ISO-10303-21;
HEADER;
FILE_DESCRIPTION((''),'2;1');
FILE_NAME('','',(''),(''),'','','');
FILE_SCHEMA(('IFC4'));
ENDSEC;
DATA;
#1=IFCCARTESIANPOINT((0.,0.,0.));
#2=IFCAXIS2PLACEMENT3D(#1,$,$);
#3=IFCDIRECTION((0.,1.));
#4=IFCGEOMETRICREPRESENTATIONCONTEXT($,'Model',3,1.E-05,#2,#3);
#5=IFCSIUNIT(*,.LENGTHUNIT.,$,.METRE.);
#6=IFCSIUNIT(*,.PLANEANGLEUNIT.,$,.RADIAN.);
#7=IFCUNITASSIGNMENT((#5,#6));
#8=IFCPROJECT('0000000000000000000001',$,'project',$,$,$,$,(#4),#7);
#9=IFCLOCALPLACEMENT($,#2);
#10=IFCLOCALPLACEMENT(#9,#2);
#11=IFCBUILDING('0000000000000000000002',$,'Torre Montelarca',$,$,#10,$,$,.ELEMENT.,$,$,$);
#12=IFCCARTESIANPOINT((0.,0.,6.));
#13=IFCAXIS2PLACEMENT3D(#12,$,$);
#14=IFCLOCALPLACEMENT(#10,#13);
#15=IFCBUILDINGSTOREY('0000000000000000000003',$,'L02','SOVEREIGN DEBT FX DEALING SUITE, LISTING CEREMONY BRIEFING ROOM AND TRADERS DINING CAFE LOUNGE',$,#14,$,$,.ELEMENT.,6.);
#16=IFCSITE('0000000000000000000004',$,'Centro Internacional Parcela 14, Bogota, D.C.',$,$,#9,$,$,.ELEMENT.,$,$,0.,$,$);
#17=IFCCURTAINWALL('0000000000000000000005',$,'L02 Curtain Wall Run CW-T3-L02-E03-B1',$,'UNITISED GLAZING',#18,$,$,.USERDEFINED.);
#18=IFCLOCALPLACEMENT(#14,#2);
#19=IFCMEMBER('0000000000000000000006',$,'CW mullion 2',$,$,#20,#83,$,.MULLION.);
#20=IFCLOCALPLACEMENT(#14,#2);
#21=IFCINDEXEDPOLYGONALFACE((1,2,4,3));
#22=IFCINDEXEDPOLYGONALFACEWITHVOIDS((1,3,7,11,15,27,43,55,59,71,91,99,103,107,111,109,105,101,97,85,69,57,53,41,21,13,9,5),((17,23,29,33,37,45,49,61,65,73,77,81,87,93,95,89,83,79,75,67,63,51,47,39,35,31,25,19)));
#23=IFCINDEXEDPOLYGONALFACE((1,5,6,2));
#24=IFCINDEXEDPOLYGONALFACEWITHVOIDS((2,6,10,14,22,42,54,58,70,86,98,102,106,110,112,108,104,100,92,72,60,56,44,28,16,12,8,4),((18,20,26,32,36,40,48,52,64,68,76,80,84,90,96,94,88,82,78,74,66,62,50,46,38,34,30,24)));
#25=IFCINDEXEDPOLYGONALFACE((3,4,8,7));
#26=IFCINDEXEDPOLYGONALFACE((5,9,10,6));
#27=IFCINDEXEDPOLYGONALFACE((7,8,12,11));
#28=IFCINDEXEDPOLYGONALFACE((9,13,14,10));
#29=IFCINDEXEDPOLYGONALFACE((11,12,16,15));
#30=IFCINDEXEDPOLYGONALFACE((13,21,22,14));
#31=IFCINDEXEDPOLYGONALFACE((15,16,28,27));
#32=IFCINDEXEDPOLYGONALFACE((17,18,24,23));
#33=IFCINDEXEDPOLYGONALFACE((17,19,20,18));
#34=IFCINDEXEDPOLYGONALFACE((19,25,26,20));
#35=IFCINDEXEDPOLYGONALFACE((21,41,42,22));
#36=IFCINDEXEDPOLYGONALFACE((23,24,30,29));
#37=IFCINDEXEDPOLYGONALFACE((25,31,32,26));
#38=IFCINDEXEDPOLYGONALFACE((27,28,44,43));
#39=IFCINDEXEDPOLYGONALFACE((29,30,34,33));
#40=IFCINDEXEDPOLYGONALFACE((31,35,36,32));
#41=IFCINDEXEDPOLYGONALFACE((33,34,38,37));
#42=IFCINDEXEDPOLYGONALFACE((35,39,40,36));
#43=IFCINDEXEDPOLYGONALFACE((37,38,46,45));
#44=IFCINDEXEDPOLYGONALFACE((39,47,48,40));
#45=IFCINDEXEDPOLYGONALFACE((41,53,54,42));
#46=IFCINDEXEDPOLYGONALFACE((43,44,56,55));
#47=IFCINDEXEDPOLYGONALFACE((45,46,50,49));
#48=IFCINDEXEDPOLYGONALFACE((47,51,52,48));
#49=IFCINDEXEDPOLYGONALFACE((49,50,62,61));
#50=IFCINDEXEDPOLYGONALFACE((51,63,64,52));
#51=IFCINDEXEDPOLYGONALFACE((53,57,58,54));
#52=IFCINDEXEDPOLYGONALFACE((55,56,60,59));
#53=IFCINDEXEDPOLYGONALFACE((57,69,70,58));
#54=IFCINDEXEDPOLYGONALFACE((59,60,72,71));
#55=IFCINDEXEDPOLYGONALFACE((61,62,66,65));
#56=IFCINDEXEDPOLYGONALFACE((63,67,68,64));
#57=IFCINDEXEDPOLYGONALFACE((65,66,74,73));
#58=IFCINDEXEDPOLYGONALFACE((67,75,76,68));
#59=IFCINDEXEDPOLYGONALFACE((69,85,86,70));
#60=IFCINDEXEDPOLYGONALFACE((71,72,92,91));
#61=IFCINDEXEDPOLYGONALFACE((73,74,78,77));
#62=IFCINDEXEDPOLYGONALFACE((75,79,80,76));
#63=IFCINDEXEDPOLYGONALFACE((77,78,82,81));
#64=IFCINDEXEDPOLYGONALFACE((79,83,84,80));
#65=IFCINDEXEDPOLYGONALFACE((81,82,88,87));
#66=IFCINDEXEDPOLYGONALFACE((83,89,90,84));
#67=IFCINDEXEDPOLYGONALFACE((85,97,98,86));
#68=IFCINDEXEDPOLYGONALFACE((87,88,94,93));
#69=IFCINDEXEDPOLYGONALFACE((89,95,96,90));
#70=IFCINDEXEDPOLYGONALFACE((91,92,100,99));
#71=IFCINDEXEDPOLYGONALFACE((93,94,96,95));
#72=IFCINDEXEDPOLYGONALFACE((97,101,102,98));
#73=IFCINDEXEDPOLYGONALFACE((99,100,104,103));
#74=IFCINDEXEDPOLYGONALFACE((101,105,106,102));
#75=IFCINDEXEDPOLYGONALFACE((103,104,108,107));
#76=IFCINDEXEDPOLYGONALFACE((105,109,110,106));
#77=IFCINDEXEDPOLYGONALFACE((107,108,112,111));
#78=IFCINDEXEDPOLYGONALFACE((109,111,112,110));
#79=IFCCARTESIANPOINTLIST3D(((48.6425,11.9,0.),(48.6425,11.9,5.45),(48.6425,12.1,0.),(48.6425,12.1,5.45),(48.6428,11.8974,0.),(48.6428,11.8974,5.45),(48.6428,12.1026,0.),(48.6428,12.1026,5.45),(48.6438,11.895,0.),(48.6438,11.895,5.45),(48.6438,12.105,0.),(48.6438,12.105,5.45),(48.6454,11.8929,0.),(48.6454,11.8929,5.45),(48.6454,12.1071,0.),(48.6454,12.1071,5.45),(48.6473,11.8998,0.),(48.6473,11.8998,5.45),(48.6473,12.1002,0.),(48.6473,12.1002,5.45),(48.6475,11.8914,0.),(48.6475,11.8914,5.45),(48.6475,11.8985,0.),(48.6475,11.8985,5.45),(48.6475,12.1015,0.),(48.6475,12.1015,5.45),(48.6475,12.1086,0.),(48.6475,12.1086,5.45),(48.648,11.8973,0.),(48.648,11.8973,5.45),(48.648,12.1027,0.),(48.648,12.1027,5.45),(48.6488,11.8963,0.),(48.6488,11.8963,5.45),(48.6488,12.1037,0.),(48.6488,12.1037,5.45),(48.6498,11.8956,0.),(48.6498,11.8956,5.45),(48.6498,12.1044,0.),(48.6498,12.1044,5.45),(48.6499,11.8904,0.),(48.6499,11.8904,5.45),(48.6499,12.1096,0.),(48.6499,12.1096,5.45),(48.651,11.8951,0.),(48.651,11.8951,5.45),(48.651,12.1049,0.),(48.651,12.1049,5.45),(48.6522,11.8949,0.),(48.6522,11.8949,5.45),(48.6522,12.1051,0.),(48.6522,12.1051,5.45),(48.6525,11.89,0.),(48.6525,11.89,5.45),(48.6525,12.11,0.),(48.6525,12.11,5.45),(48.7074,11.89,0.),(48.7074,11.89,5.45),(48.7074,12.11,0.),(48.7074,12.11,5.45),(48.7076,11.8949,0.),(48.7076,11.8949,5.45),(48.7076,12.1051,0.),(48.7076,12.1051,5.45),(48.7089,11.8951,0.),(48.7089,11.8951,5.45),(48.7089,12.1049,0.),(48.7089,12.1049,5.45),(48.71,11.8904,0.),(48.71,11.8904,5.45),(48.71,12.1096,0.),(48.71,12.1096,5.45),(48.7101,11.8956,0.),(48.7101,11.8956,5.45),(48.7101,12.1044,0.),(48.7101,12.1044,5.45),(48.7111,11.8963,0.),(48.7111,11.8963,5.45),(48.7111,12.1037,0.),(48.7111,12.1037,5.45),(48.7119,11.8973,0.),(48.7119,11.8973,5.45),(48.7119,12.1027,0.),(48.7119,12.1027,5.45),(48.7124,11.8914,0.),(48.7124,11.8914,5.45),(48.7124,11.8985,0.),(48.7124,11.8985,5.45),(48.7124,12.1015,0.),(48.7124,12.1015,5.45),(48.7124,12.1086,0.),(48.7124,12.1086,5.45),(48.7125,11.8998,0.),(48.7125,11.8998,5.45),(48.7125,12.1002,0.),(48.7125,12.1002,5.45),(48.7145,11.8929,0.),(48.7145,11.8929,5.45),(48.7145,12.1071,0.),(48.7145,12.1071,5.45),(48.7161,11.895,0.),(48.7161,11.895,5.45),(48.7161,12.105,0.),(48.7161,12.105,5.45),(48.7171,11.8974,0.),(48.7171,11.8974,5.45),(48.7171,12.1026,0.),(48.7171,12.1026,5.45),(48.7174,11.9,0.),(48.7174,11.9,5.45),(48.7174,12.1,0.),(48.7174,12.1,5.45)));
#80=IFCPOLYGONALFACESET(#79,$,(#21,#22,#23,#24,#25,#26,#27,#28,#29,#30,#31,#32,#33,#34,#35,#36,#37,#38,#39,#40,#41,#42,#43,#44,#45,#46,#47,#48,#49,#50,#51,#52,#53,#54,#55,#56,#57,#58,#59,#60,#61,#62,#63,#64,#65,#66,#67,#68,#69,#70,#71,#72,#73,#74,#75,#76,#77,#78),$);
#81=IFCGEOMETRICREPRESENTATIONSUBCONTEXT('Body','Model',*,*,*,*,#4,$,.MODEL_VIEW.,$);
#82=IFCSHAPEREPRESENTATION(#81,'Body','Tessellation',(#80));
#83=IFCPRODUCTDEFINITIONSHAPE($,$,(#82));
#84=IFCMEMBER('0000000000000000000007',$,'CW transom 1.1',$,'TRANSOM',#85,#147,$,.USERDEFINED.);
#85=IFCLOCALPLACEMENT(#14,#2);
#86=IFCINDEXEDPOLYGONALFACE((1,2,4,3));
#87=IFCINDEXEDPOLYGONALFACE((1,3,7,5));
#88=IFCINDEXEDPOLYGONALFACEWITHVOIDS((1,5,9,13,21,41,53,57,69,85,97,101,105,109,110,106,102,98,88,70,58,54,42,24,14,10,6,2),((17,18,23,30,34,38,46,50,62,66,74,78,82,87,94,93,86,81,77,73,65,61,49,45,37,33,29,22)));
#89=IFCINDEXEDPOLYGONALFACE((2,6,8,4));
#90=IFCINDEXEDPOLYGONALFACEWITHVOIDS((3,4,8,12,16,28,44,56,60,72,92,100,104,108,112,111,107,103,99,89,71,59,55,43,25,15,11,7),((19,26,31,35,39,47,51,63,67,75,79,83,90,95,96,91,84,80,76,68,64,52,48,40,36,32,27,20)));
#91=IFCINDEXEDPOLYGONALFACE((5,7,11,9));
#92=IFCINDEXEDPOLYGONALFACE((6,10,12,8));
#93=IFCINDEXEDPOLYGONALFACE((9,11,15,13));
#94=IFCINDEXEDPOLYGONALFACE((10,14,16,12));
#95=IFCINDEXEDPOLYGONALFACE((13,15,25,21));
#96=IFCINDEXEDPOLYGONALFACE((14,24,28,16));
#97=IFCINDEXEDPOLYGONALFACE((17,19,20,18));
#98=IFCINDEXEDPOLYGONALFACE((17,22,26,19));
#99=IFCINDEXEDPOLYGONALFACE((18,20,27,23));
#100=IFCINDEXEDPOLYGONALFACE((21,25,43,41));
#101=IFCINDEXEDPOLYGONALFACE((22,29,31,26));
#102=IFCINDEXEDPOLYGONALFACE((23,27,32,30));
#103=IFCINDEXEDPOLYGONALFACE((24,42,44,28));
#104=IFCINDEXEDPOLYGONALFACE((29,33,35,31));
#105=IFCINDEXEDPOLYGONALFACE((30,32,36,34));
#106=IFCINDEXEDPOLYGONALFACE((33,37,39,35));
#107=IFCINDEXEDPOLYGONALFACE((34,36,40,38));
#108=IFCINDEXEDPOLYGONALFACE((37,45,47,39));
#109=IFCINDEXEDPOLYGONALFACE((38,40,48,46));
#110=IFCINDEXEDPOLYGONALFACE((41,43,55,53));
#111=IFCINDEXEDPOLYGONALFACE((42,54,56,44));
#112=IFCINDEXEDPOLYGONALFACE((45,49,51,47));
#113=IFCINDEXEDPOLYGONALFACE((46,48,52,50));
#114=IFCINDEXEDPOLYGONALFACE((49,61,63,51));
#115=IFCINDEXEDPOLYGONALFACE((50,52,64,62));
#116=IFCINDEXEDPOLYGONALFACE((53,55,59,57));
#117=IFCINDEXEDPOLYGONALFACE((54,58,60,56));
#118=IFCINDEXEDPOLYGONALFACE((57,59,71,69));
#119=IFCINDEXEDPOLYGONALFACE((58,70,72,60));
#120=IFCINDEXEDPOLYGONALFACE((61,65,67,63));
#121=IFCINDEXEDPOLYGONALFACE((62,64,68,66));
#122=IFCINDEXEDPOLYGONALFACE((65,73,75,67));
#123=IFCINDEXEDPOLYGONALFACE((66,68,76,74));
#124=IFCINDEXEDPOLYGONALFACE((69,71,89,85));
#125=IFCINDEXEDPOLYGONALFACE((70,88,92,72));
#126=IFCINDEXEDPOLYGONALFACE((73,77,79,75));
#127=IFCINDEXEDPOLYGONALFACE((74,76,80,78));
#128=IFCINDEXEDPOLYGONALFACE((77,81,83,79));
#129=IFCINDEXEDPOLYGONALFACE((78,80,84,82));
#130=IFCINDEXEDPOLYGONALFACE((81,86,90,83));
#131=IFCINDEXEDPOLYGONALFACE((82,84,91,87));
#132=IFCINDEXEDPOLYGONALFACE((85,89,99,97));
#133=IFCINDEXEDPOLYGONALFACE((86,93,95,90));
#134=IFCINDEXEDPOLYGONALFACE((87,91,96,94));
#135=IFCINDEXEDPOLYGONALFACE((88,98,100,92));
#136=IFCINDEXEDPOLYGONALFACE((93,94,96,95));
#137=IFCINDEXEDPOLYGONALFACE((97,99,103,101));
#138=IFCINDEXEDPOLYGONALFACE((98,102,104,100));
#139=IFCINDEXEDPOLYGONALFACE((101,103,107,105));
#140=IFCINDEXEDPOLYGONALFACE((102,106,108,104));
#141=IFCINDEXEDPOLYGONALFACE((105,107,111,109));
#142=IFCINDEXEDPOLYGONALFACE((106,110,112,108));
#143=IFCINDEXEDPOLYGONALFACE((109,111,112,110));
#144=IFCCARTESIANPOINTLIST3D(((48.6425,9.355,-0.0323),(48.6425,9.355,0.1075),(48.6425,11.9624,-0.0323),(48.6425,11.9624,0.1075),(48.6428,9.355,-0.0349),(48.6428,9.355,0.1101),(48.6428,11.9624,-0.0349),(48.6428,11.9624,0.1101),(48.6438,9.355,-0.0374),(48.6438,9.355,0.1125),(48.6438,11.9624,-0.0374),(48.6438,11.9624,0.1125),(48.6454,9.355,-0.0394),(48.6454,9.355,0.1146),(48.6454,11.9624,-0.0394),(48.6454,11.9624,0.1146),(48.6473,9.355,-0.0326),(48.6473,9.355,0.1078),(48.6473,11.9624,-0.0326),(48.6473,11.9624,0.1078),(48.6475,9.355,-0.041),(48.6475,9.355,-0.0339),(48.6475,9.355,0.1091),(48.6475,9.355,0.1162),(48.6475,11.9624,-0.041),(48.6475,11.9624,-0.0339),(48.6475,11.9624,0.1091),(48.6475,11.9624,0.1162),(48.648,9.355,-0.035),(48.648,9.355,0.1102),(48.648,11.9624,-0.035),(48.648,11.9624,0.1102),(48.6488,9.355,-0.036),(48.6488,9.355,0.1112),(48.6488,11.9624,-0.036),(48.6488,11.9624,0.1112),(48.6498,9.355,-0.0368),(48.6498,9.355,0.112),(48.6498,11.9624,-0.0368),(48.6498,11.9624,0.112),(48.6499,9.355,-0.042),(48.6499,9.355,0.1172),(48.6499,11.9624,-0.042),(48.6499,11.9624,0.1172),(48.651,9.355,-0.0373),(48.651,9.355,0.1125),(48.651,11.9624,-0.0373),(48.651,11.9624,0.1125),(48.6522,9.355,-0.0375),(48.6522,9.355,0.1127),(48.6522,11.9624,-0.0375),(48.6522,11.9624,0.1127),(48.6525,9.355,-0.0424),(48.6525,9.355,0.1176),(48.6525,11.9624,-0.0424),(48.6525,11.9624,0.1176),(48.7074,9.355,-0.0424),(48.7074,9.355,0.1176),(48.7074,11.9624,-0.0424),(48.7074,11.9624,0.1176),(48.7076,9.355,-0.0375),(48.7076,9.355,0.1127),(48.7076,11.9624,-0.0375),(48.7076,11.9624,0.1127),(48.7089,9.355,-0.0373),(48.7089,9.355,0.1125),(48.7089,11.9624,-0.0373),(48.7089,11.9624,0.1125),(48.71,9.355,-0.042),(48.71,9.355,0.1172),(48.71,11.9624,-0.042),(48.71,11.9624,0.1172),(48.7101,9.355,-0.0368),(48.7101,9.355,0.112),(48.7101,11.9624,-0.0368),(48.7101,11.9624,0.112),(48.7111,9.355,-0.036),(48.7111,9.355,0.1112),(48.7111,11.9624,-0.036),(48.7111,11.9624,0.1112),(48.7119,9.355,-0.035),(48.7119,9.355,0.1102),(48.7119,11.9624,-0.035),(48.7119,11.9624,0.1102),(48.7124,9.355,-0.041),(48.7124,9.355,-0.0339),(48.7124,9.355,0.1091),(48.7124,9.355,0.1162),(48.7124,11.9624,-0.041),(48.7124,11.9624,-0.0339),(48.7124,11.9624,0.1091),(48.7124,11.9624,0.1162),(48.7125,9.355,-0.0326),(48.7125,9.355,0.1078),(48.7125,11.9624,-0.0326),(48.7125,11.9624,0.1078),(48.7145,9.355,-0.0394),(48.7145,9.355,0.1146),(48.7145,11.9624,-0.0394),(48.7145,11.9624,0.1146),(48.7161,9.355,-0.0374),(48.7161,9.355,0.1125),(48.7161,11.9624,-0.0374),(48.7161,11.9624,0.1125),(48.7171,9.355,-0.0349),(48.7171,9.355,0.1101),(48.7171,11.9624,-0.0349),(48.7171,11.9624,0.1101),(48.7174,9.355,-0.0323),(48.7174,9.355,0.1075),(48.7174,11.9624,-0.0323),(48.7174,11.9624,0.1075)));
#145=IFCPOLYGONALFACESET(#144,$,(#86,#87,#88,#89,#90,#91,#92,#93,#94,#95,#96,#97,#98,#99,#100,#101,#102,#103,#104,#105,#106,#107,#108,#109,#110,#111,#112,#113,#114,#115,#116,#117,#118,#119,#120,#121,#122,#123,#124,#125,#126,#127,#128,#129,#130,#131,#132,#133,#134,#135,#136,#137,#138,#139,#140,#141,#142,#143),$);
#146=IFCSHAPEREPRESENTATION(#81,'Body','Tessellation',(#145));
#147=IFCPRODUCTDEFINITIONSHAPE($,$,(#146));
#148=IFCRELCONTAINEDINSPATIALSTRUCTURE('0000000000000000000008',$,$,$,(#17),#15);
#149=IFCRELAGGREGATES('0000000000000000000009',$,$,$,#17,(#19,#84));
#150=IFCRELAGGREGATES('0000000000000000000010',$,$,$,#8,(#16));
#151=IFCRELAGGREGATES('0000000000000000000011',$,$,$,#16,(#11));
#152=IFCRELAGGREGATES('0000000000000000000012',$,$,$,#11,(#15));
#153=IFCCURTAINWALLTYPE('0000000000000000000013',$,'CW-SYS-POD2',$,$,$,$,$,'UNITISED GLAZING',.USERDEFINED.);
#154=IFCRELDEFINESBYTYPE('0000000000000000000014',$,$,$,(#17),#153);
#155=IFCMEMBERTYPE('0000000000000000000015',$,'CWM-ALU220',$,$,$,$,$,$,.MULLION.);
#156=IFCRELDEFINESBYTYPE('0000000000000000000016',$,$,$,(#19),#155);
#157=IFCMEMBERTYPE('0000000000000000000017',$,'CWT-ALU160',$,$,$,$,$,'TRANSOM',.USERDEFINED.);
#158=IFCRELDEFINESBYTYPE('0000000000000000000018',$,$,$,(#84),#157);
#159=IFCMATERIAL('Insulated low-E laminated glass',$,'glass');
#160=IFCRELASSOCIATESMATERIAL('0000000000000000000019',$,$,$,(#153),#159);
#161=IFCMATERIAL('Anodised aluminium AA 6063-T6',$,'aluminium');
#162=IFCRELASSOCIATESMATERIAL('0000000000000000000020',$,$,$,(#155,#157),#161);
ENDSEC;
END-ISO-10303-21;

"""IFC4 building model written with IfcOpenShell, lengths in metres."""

from ifc_helpers import new_model, si_unit, direction, frame, origin, origin_2d, place, context, subcontext, project, spatial, hollow_rectangle, extrude, source, transform, mapped, material, material_profile, profile_set, type_object, element, aggregate, save


model = new_model("IFC4")

# Units and contexts
model_context = context("Model", 3, precision=1e-05, world=origin(), true_north=direction((0.0, 1.0)))
body_context = subcontext(model_context, "Body", "Model", "MODEL_VIEW")
ifc_project = project(units=[si_unit("LENGTHUNIT", "METRE"), si_unit("PLANEANGLEUNIT", "RADIAN")], contexts=[model_context])

# Site, building, storey
site_placement = place(None, origin())
site = spatial("IfcSite", under=ifc_project, at=site_placement, Name="Centro Internacional Parcela 14, Bogota, D.C.", CompositionType="ELEMENT", RefElevation=0.0)
building_placement = place(site_placement, origin())
building = spatial("IfcBuilding", under=site, at=building_placement, Name="Torre Montelarca", CompositionType="ELEMENT")
storey_placement = place(building_placement, frame((0.0, 0.0, 6.0)))
storey = spatial("IfcBuildingStorey", under=building, at=storey_placement, Name="L02", Description="SOVEREIGN DEBT FX DEALING SUITE, LISTING CEREMONY BRIEFING ROOM AND TRADERS DINING CAFE LOUNGE", CompositionType="ELEMENT", Elevation=6.0)

# Curtain wall, members
ifc_material_1 = material(Name="Insulated low-E laminated glass", Category="glass")
curtain_wall_type = type_object("IfcCurtainWallType", Name="CW-SYS-POD2", ElementType="UNITISED GLAZING", PredefinedType="USERDEFINED", material=ifc_material_1)
curtain_wall_placement = place(storey_placement, origin())
curtain_wall = element("IfcCurtainWall", 1, at=curtain_wall_placement, inside=storey, type_object=curtain_wall_type, Name="L02 Curtain Wall Run CW-T3-L02-E03-B1", ObjectType="UNITISED GLAZING", PredefinedType="USERDEFINED")
ifc_material_2 = material(Name="Anodised aluminium AA 6063-T6", Category="aluminium")
ifc_material_profile_1 = material_profile(ifc_material_2, hollow_rectangle(XDim=0.075, YDim=0.22, WallThickness=0.0049, InnerFilletRadius=0.0049, OuterFilletRadius=0.01, at=origin_2d()), Name="ALU75X220X5", Category="aluminium")
ifc_profile_set_1 = profile_set([ifc_material_profile_1], Name="Anodised aluminium AA 6063-T6")
member_type_1 = type_object("IfcMemberType", Name="CWM-ALU220", PredefinedType="MULLION", material=ifc_profile_set_1)
shared_shape_1 = source(origin(), body_context, "Body", "SweptSolid", [
    extrude(hollow_rectangle(XDim=0.075, YDim=0.22, WallThickness=0.0049, InnerFilletRadius=0.0049, OuterFilletRadius=0.01, at=origin_2d()), origin(), (0.0, 0.0, 1.0), 5.45),
])
member_1_placement = place(storey_placement, frame((48.6799, 12.0, 0.0), z_axis=(0.0, 0.0, 1.0), x_axis=(-1.0, 0.0, 0.0)))
member_1 = element("IfcMember", 2, at=member_1_placement, type_object=member_type_1, Name="CW mullion 2", PredefinedType="MULLION", context=body_context, shape_type="MappedRepresentation", body=[
    mapped(shared_shape_1, transform((0.0, 0.0, 0.0), scale=1.0)),
])
ifc_material_profile_2 = material_profile(ifc_material_2, hollow_rectangle(XDim=0.075, YDim=0.1599, WallThickness=0.0049, InnerFilletRadius=0.0049, OuterFilletRadius=0.01, at=origin_2d()), Name="ALU75X160X5", Category="aluminium")
ifc_profile_set_2 = profile_set([ifc_material_profile_2], Name="Anodised aluminium AA 6063-T6")
member_type_2 = type_object("IfcMemberType", Name="CWT-ALU160", ElementType="TRANSOM", PredefinedType="USERDEFINED", material=ifc_profile_set_2)
shared_shape_2 = source(origin(), body_context, "Body", "SweptSolid", [
    extrude(hollow_rectangle(XDim=0.075, YDim=0.1599, WallThickness=0.0049, InnerFilletRadius=0.0049, OuterFilletRadius=0.01, at=origin_2d()), origin(), (0.0, 0.0, 1.0), 2.6074),
])
member_2_placement = place(storey_placement, frame((48.6799, 9.355, 0.0376), z_axis=(0.0, 1.0, 0.0), x_axis=(-1.0, 0.0, 0.0)))
member_2 = element("IfcMember", 3, at=member_2_placement, type_object=member_type_2, Name="CW transom 1.1", ObjectType="TRANSOM", PredefinedType="USERDEFINED", context=body_context, shape_type="MappedRepresentation", body=[
    mapped(shared_shape_2, transform((0.0, 0.0, 0.0), scale=1.0)),
])
aggregate(curtain_wall, [member_1, member_2])

save(model, "model.ifc")
